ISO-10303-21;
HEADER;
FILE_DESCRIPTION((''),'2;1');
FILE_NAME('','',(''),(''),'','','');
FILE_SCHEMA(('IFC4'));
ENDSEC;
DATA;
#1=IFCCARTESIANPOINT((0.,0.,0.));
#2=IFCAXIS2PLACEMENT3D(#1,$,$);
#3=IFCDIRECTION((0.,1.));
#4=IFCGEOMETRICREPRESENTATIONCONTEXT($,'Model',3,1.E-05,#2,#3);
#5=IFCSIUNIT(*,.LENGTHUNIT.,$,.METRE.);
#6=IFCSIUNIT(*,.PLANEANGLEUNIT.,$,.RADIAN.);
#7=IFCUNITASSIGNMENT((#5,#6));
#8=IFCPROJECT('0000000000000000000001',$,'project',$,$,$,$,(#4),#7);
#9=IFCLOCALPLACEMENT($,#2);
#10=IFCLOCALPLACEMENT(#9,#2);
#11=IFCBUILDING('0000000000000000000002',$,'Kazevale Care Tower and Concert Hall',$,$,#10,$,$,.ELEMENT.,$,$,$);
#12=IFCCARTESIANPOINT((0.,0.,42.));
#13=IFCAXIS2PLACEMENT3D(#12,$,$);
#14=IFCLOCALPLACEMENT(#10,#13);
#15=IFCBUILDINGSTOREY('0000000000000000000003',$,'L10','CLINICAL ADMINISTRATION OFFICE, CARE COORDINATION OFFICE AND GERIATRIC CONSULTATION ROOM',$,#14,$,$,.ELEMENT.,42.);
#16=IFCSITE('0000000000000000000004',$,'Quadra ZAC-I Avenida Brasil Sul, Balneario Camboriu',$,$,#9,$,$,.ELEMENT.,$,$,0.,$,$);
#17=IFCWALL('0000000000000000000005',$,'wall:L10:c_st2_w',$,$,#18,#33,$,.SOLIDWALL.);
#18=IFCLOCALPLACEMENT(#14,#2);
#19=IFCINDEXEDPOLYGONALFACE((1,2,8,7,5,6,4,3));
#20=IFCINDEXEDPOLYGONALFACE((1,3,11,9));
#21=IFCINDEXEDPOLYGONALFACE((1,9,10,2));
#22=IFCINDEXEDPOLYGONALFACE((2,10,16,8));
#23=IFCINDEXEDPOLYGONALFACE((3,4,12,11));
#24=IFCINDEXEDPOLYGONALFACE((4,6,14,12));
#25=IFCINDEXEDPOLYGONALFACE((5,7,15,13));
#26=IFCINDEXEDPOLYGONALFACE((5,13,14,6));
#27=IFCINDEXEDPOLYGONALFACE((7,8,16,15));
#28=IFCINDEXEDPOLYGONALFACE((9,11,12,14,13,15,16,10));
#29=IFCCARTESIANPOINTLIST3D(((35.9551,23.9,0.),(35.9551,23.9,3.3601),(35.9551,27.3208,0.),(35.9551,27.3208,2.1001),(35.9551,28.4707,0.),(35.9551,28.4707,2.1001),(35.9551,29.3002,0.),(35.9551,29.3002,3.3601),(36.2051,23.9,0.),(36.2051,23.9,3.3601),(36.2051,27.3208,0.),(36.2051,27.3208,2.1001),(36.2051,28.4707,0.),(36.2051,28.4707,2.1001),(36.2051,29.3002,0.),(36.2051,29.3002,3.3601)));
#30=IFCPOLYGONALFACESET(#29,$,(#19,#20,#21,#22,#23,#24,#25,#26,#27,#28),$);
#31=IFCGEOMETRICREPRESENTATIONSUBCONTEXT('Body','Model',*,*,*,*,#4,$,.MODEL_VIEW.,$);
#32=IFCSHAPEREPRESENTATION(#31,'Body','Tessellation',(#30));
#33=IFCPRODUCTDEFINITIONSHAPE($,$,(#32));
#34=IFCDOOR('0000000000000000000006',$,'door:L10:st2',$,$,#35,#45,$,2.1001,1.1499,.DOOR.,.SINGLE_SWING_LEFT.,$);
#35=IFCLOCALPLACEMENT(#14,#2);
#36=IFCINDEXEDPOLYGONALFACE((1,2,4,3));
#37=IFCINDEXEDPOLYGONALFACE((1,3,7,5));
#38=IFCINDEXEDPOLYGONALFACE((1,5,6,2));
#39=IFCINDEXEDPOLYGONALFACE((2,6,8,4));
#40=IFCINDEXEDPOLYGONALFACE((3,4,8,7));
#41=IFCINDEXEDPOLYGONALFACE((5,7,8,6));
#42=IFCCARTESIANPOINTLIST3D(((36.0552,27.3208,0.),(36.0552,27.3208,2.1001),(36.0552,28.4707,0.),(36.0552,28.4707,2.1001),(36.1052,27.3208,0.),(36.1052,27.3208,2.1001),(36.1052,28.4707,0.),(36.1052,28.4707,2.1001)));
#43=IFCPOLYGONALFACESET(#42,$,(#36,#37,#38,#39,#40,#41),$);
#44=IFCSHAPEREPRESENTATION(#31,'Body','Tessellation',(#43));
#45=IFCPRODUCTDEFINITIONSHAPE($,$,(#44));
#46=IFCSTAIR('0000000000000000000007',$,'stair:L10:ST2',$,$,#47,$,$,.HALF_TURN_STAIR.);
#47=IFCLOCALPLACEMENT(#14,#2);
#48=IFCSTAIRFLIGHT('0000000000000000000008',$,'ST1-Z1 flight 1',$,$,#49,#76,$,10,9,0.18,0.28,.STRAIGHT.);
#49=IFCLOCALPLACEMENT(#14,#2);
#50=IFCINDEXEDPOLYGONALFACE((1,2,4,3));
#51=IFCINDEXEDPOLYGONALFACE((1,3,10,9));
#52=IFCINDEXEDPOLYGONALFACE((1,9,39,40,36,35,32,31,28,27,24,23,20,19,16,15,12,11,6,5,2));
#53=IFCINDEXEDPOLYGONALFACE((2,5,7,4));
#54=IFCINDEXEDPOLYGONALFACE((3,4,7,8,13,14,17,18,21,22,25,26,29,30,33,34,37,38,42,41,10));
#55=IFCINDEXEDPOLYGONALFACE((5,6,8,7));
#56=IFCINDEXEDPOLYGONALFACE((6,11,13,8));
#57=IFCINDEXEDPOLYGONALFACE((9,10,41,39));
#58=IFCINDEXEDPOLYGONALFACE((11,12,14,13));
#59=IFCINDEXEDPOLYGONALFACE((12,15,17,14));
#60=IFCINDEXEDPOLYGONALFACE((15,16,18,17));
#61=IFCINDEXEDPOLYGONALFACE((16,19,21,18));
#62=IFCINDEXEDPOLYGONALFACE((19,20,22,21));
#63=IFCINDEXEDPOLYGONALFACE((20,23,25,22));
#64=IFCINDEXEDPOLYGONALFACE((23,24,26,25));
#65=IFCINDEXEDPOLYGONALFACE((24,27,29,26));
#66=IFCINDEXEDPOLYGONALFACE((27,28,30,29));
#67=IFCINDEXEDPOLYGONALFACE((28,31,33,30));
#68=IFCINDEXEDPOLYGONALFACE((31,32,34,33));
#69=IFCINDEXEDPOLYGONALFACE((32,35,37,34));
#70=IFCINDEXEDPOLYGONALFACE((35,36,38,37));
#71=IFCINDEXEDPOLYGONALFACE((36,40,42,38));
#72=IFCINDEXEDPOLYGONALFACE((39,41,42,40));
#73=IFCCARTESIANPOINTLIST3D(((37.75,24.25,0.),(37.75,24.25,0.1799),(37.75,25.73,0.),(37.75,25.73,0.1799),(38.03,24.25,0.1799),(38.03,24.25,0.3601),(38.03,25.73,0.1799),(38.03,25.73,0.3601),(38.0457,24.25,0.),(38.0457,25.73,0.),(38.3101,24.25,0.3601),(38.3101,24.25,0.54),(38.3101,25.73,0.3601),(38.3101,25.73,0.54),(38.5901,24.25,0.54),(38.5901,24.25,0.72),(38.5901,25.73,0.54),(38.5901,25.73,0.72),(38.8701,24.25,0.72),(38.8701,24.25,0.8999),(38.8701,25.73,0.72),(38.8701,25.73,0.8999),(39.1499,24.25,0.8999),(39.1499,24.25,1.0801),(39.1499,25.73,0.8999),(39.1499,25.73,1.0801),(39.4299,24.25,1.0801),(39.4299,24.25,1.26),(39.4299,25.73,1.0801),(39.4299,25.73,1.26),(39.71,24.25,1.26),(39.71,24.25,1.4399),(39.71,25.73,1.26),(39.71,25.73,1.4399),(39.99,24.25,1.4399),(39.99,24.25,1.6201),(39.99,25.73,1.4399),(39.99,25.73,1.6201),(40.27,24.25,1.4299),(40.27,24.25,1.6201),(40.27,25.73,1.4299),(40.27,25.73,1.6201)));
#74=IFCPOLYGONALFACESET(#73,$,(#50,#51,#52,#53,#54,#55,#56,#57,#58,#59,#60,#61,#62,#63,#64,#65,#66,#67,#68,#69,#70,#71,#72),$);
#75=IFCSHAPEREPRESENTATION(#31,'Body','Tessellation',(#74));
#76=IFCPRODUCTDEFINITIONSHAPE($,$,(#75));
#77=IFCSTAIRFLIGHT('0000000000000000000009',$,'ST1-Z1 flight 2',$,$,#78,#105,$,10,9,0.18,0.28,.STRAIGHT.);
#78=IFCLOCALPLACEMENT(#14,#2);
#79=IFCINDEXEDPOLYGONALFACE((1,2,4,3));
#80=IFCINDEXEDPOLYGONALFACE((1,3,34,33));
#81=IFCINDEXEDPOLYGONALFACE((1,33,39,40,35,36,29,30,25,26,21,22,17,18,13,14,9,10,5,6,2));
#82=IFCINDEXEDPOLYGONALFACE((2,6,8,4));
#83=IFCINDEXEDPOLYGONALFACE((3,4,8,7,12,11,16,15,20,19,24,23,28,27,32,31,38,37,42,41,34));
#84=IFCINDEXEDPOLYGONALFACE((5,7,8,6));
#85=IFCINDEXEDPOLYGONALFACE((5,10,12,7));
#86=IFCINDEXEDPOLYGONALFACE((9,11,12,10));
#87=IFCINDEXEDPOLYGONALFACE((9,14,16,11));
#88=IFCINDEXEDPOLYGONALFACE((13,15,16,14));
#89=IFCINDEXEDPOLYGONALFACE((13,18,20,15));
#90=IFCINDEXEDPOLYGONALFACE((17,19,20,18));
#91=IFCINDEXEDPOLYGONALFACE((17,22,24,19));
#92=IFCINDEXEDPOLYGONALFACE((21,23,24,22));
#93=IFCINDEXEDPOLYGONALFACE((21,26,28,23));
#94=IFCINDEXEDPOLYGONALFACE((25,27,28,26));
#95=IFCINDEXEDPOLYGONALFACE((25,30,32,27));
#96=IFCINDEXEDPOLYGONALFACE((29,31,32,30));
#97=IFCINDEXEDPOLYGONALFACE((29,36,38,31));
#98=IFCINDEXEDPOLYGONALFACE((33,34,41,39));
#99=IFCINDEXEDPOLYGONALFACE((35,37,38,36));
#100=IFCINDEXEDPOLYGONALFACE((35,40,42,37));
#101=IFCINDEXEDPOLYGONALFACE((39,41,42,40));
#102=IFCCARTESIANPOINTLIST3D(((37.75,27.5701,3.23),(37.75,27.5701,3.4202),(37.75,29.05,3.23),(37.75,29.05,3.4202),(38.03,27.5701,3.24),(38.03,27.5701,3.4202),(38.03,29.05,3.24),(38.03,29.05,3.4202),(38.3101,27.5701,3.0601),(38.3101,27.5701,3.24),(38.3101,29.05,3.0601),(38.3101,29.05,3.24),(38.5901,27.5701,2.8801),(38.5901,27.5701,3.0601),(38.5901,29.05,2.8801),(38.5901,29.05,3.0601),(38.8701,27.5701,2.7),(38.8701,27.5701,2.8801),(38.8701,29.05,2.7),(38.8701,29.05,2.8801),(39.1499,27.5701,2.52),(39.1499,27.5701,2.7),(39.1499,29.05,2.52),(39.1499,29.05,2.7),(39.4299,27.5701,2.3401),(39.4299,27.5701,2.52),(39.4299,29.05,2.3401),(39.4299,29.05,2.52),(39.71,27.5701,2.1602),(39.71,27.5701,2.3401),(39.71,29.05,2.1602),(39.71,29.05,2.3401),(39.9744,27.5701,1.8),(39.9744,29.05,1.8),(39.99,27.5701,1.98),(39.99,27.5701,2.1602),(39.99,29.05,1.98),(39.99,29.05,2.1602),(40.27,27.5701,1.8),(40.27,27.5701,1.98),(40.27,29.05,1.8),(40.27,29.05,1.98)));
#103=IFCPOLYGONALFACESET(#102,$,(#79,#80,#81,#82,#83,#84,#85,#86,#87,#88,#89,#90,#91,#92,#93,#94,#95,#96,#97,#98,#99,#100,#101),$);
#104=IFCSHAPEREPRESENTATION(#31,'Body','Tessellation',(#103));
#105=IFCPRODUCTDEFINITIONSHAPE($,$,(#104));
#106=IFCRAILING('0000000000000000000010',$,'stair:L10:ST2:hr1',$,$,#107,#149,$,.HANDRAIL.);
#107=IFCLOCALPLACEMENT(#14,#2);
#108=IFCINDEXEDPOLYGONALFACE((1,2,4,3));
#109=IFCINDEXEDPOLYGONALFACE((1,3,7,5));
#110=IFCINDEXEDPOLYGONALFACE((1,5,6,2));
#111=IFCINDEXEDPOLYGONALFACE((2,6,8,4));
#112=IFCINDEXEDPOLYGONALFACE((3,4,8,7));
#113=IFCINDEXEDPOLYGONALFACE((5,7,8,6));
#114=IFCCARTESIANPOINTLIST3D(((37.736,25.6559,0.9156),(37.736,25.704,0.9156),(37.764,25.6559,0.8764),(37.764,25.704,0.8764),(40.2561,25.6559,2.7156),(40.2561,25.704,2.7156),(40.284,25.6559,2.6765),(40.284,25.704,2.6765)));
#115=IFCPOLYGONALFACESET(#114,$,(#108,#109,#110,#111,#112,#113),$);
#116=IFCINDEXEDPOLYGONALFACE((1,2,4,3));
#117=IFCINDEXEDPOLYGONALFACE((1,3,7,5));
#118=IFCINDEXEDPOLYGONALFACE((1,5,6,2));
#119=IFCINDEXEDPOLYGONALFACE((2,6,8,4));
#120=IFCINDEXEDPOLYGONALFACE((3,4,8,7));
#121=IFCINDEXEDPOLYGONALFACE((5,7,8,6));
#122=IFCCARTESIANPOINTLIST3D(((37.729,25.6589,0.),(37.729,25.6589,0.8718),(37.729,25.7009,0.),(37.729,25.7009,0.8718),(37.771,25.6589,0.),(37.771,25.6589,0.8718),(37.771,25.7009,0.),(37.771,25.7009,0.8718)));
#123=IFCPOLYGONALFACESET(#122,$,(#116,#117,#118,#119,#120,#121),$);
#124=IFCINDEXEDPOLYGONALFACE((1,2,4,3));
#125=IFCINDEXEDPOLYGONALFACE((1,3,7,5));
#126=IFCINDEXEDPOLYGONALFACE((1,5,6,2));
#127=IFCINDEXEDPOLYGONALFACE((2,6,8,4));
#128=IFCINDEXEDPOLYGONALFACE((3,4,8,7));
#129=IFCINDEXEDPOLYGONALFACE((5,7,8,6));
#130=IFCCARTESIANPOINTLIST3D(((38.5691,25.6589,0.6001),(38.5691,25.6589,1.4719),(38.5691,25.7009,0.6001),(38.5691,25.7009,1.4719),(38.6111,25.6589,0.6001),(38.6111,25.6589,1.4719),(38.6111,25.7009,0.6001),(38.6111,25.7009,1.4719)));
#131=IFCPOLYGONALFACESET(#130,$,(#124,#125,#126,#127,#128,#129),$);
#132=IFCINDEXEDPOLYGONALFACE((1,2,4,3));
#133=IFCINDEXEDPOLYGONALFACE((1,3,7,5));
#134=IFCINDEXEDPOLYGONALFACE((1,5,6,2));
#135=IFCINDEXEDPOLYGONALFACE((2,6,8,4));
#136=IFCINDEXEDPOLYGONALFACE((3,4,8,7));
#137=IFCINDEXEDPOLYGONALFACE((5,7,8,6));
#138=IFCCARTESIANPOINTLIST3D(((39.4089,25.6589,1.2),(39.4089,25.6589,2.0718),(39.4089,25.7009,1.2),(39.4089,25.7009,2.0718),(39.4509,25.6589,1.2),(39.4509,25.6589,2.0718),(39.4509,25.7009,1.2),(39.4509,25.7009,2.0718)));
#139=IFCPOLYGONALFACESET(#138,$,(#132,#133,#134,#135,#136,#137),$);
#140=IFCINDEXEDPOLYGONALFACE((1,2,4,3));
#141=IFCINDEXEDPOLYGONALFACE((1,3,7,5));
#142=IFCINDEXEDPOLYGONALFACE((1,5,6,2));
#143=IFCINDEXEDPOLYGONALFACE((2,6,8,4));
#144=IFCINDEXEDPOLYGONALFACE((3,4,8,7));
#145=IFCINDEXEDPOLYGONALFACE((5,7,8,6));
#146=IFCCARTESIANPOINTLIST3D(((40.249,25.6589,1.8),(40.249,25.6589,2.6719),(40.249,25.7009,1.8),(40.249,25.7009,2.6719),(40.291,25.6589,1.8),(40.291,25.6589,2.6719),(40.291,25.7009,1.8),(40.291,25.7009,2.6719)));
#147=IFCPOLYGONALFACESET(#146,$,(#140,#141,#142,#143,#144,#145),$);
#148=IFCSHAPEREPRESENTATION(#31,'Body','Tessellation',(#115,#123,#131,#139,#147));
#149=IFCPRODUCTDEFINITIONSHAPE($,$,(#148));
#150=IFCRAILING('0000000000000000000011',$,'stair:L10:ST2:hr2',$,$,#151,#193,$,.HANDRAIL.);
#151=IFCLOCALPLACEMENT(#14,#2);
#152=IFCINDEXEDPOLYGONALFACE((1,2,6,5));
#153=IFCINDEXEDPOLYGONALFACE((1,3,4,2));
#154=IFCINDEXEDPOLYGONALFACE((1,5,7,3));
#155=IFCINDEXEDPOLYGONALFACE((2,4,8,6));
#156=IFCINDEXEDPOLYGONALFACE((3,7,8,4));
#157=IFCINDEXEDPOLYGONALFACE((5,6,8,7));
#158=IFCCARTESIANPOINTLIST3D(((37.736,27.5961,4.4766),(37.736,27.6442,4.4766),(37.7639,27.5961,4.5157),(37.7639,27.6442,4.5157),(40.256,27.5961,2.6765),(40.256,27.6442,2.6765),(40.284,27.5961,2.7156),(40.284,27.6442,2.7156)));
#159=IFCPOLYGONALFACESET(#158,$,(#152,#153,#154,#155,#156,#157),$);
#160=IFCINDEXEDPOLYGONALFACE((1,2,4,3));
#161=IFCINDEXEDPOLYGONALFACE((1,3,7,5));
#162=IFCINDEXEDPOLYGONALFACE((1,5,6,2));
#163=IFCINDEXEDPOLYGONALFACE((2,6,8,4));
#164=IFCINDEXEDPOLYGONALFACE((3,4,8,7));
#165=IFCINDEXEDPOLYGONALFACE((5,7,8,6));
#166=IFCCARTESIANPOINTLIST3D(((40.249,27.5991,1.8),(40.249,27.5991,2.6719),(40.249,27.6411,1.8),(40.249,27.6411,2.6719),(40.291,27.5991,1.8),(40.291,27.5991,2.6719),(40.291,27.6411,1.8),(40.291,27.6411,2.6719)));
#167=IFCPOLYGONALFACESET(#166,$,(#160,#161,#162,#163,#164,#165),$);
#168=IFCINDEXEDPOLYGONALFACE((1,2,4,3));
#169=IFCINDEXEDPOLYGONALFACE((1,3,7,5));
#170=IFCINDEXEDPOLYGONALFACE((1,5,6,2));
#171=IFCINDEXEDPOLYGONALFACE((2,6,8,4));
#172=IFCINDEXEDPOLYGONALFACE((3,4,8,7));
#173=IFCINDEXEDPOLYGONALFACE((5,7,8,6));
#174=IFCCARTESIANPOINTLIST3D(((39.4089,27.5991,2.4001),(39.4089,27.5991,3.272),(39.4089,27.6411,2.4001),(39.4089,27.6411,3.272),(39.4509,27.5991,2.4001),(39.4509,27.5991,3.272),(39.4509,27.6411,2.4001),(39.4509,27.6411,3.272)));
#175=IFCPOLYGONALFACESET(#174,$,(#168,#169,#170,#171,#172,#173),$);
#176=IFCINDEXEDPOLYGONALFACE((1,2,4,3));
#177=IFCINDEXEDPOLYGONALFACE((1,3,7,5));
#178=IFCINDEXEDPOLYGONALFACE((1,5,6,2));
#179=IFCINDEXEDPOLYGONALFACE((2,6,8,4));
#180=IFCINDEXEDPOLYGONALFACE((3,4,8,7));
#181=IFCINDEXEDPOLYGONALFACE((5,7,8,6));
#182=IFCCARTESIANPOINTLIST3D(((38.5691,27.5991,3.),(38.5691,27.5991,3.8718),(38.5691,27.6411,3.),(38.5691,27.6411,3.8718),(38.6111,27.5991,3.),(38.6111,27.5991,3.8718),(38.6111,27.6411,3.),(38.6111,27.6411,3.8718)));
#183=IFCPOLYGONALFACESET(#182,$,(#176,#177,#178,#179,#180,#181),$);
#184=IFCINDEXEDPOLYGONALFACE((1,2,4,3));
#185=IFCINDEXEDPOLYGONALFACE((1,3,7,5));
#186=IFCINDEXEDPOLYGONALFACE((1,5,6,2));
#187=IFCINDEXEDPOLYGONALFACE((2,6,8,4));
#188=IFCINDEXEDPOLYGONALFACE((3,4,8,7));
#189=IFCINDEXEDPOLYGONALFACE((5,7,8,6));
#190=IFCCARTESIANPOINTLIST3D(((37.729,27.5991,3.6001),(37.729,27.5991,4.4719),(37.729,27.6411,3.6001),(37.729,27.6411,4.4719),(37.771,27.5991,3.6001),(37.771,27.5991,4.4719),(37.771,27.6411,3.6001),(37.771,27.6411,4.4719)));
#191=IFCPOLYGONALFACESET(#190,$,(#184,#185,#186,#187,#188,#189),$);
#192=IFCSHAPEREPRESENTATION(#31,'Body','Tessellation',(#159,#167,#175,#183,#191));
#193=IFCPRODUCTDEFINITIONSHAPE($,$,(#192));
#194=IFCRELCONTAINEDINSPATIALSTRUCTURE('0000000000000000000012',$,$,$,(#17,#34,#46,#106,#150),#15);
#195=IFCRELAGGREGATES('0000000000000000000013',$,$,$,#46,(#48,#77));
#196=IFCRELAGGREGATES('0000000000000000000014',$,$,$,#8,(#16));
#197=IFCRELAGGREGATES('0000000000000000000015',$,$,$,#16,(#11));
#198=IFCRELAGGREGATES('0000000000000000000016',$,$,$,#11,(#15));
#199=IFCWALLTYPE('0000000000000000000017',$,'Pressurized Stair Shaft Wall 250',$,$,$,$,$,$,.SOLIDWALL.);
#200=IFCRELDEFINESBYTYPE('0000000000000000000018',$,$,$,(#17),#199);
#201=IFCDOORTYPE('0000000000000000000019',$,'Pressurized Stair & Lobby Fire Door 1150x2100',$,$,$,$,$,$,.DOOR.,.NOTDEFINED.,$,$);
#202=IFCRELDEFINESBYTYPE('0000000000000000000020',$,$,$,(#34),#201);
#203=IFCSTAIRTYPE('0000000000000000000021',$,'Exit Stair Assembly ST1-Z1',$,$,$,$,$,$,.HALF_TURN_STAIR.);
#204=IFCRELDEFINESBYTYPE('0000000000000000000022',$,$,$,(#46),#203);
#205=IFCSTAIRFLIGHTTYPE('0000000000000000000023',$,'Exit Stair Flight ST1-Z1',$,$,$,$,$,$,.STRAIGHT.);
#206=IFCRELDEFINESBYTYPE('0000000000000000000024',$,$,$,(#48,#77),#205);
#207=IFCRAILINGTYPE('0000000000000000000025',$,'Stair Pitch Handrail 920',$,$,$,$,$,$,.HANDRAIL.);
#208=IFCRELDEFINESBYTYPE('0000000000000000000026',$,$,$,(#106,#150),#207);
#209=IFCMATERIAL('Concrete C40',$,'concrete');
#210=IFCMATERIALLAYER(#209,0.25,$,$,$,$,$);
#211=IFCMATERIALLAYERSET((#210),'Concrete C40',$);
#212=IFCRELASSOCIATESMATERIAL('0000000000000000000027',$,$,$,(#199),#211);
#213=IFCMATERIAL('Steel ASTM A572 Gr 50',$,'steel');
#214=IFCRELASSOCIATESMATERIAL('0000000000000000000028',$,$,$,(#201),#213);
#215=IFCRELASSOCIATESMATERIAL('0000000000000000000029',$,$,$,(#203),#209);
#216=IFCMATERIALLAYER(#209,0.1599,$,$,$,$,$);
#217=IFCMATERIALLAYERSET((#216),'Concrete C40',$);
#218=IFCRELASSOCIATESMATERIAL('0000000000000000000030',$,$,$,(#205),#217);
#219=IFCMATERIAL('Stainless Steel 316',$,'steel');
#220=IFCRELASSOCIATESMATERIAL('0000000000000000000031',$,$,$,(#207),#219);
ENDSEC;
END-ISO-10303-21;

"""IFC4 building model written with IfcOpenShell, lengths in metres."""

from ifc_helpers import new_model, si_unit, direction, frame, frame_2d, origin, origin_2d, place, context, subcontext, project, spatial, polyline, rectangle, outline, extrude, material, layer, layer_set, type_object, element, fill, aggregate, save


model = new_model("IFC4")

# Units and contexts
model_context = context("Model", 3, precision=1e-05, world=origin(), true_north=direction((0.0, 1.0)))
body_context = subcontext(model_context, "Body", "Model", "MODEL_VIEW")
ifc_project = project(units=[si_unit("LENGTHUNIT", "METRE"), si_unit("PLANEANGLEUNIT", "RADIAN")], contexts=[model_context])

# Site, building, storey
site_placement = place(None, origin())
site = spatial("IfcSite", under=ifc_project, at=site_placement, Name="Quadra ZAC-I Avenida Brasil Sul, Balneario Camboriu", CompositionType="ELEMENT", RefElevation=0.0)
building_placement = place(site_placement, origin())
building = spatial("IfcBuilding", under=site, at=building_placement, Name="Kazevale Care Tower and Concert Hall", CompositionType="ELEMENT")
storey_placement = place(building_placement, frame((0.0, 0.0, 42.0)))
storey = spatial("IfcBuildingStorey", under=building, at=storey_placement, Name="L10", Description="CLINICAL ADMINISTRATION OFFICE, CARE COORDINATION OFFICE AND GERIATRIC CONSULTATION ROOM", CompositionType="ELEMENT", Elevation=42.0)

# Shared definitions
ifc_material_1 = material(Name="Steel ASTM A572 Gr 50", Category="steel")

# Wall, opening, door
ifc_material_2 = material(Name="Concrete C40", Category="concrete")
ifc_layer_1 = layer(ifc_material_2, 0.25)
ifc_layer_set_1 = layer_set([ifc_layer_1], Name="Concrete C40")
wall_type_1 = type_object("IfcWallType", Name="Pressurized Stair Shaft Wall 250", PredefinedType="SOLIDWALL", material=ifc_layer_set_1)
wall_1_placement = place(storey_placement, frame((36.0801, 23.8999, 0.0), z_axis=(0.0, 0.0, 1.0), x_axis=(0.0, 1.0, 0.0)))
wall_1 = element("IfcWall", 1, at=wall_1_placement, inside=storey, type_object=wall_type_1, Name="wall:L10:c_st2_w", PredefinedType="SOLIDWALL", context=body_context, shape_type="SweptSolid", body=[
    extrude(rectangle(XDim=5.4001, YDim=0.25, at=frame_2d((2.7002, 0.0))), origin(), (0.0, 0.0, 1.0), 3.3601),
])
opening_1_placement = place(wall_1_placement, frame((3.4209, 0.0, 0.0)))
opening_1 = element("IfcOpeningElement", 2, at=opening_1_placement, cuts=wall_1, PredefinedType="OPENING", context=body_context, shape_type="SweptSolid", body=[
    extrude(rectangle(XDim=1.1499, YDim=2.1001, at=frame_2d((0.575, 1.05))), frame((0.0, 0.135, 0.0), z_axis=(0.0, -1.0, 0.0), x_axis=(1.0, 0.0, 0.0)), (0.0, 0.0, 1.0), 0.27),
])
door_type_1 = type_object("IfcDoorType", Name="Pressurized Stair & Lobby Fire Door 1150x2100", OperationType="NOTDEFINED", PredefinedType="DOOR", material=ifc_material_1)
door_1_placement = place(opening_1_placement, origin())
door_1 = element("IfcDoor", 3, at=door_1_placement, inside=storey, type_object=door_type_1, Name="door:L10:st2", OperationType="SINGLE_SWING_LEFT", OverallHeight=2.1001, OverallWidth=1.1499, PredefinedType="DOOR", context=body_context, shape_type="SweptSolid", body=[
    extrude(rectangle(XDim=1.1499, YDim=2.1001, at=frame_2d((0.575, 1.05))), frame((0.0, 0.0249, 0.0), z_axis=(0.0, -1.0, 0.0), x_axis=(1.0, 0.0, 0.0)), (0.0, 0.0, 1.0), 0.05),
])
fill(opening_1, door_1)

# Stair, stair flights
stair_type = type_object("IfcStairType", Name="Exit Stair Assembly ST1-Z1", PredefinedType="HALF_TURN_STAIR", material=ifc_material_2)
stair_placement = place(storey_placement, origin())
stair = element("IfcStair", 4, at=stair_placement, inside=storey, type_object=stair_type, Name="stair:L10:ST2", PredefinedType="HALF_TURN_STAIR")
ifc_layer_2 = layer(ifc_material_2, 0.1599)
ifc_layer_set_2 = layer_set([ifc_layer_2], Name="Concrete C40")
stair_flight_type = type_object("IfcStairFlightType", Name="Exit Stair Flight ST1-Z1", PredefinedType="STRAIGHT", material=ifc_layer_set_2)
stair_flight_1_placement = place(storey_placement, frame((37.75, 24.99, 0.0), z_axis=(0.0, 0.0, 1.0), x_axis=(1.0, 0.0, 0.0)))
stair_flight_1 = element("IfcStairFlight", 5, at=stair_flight_1_placement, type_object=stair_flight_type, Name="ST1-Z1 flight 1", NumberOfRisers=10, NumberOfTreads=9, PredefinedType="STRAIGHT", RiserHeight=0.18, TreadLength=0.28, context=body_context, shape_type="SweptSolid", body=[
    extrude(outline(polyline([(0.0, 0.0), (0.0, 0.1799), (0.28, 0.1799), (0.28, 0.3601), (0.5601, 0.3601), (0.5601, 0.54), (0.8401, 0.54), (0.8401, 0.72), (1.1201, 0.72), (1.1201, 0.8999), (1.3999, 0.8999), (1.3999, 1.0801), (1.6799, 1.0801), (1.6799, 1.26), (1.96, 1.26), (1.96, 1.4399), (2.24, 1.4399), (2.24, 1.6201), (2.52, 1.6201), (2.52, 1.8), (2.52, 1.4299), (0.2957, 0.0), (0.0, 0.0)])), frame((0.0, 0.74, 0.0), z_axis=(0.0, -1.0, 0.0), x_axis=(1.0, 0.0, 0.0)), (0.0, 0.0, 1.0), 1.48),
])
stair_flight_2_placement = place(storey_placement, frame((40.27, 28.3101, 1.8), z_axis=(0.0, 0.0, 1.0), x_axis=(-1.0, 0.0, 0.0)))
stair_flight_2 = element("IfcStairFlight", 6, at=stair_flight_2_placement, type_object=stair_flight_type, Name="ST1-Z1 flight 2", NumberOfRisers=10, NumberOfTreads=9, PredefinedType="STRAIGHT", RiserHeight=0.18, TreadLength=0.28, context=body_context, shape_type="SweptSolid", body=[
    extrude(outline(polyline([(0.0, 0.0), (0.0, 0.1799), (0.28, 0.1799), (0.28, 0.3601), (0.5601, 0.3601), (0.5601, 0.54), (0.8401, 0.54), (0.8401, 0.72), (1.1201, 0.72), (1.1201, 0.8999), (1.3999, 0.8999), (1.3999, 1.0801), (1.6799, 1.0801), (1.6799, 1.26), (1.96, 1.26), (1.96, 1.4399), (2.24, 1.4399), (2.24, 1.6201), (2.52, 1.6201), (2.52, 1.8), (2.52, 1.4299), (0.2957, 0.0), (0.0, 0.0)])), frame((0.0, 0.74, 0.0), z_axis=(0.0, -1.0, 0.0), x_axis=(1.0, 0.0, 0.0)), (0.0, 0.0, 1.0), 1.48),
])
aggregate(stair, [stair_flight_1, stair_flight_2])

# Railings
ifc_material_3 = material(Name="Stainless Steel 316", Category="steel")
railing_type_1 = type_object("IfcRailingType", Name="Stair Pitch Handrail 920", PredefinedType="HANDRAIL", material=ifc_material_3)
railing_1_placement = place(storey_placement, frame((37.75, 25.6799, 0.0)))
element("IfcRailing", 7, at=railing_1_placement, inside=storey, type_object=railing_type_1, Name="stair:L10:ST2:hr1", PredefinedType="HANDRAIL", context=body_context, shape_type="SweptSolid", body=[
    extrude(rectangle(XDim=0.0481, YDim=0.0481, at=origin_2d()), frame((0.0, 0.0, 0.896), z_axis=(0.813728, 0.0, 0.581246), x_axis=(0.0, 1.0, 0.0)), (0.0, 0.0, 1.0), 3.0969),
    extrude(rectangle(XDim=0.042, YDim=0.042, at=origin_2d()), origin(), (0.0, 0.0, 1.0), 0.8718),
    extrude(rectangle(XDim=0.042, YDim=0.042, at=origin_2d()), frame((0.8401, 0.0, 0.6001)), (0.0, 0.0, 1.0), 0.8718),
    extrude(rectangle(XDim=0.042, YDim=0.042, at=origin_2d()), frame((1.6799, 0.0, 1.2)), (0.0, 0.0, 1.0), 0.8718),
    extrude(rectangle(XDim=0.042, YDim=0.042, at=origin_2d()), frame((2.52, 0.0, 1.8)), (0.0, 0.0, 1.0), 0.8718),
])
railing_2_placement = place(storey_placement, frame((40.27, 27.6201, 1.8)))
element("IfcRailing", 8, at=railing_2_placement, inside=storey, type_object=railing_type_1, Name="stair:L10:ST2:hr2", PredefinedType="HANDRAIL", context=body_context, shape_type="SweptSolid", body=[
    extrude(rectangle(XDim=0.0481, YDim=0.0481, at=origin_2d()), frame((0.0, 0.0, 0.896), z_axis=(-0.813728, 0.0, 0.581246), x_axis=(0.0, -1.0, 0.0)), (0.0, 0.0, 1.0), 3.0969),
    extrude(rectangle(XDim=0.042, YDim=0.042, at=origin_2d()), origin(), (0.0, 0.0, 1.0), 0.8718),
    extrude(rectangle(XDim=0.042, YDim=0.042, at=origin_2d()), frame((-0.8401, 0.0, 0.6001)), (0.0, 0.0, 1.0), 0.8718),
    extrude(rectangle(XDim=0.042, YDim=0.042, at=origin_2d()), frame((-1.6799, 0.0, 1.2)), (0.0, 0.0, 1.0), 0.8718),
    extrude(rectangle(XDim=0.042, YDim=0.042, at=origin_2d()), frame((-2.52, 0.0, 1.8)), (0.0, 0.0, 1.0), 0.8718),
])

save(model, "model.ifc")
